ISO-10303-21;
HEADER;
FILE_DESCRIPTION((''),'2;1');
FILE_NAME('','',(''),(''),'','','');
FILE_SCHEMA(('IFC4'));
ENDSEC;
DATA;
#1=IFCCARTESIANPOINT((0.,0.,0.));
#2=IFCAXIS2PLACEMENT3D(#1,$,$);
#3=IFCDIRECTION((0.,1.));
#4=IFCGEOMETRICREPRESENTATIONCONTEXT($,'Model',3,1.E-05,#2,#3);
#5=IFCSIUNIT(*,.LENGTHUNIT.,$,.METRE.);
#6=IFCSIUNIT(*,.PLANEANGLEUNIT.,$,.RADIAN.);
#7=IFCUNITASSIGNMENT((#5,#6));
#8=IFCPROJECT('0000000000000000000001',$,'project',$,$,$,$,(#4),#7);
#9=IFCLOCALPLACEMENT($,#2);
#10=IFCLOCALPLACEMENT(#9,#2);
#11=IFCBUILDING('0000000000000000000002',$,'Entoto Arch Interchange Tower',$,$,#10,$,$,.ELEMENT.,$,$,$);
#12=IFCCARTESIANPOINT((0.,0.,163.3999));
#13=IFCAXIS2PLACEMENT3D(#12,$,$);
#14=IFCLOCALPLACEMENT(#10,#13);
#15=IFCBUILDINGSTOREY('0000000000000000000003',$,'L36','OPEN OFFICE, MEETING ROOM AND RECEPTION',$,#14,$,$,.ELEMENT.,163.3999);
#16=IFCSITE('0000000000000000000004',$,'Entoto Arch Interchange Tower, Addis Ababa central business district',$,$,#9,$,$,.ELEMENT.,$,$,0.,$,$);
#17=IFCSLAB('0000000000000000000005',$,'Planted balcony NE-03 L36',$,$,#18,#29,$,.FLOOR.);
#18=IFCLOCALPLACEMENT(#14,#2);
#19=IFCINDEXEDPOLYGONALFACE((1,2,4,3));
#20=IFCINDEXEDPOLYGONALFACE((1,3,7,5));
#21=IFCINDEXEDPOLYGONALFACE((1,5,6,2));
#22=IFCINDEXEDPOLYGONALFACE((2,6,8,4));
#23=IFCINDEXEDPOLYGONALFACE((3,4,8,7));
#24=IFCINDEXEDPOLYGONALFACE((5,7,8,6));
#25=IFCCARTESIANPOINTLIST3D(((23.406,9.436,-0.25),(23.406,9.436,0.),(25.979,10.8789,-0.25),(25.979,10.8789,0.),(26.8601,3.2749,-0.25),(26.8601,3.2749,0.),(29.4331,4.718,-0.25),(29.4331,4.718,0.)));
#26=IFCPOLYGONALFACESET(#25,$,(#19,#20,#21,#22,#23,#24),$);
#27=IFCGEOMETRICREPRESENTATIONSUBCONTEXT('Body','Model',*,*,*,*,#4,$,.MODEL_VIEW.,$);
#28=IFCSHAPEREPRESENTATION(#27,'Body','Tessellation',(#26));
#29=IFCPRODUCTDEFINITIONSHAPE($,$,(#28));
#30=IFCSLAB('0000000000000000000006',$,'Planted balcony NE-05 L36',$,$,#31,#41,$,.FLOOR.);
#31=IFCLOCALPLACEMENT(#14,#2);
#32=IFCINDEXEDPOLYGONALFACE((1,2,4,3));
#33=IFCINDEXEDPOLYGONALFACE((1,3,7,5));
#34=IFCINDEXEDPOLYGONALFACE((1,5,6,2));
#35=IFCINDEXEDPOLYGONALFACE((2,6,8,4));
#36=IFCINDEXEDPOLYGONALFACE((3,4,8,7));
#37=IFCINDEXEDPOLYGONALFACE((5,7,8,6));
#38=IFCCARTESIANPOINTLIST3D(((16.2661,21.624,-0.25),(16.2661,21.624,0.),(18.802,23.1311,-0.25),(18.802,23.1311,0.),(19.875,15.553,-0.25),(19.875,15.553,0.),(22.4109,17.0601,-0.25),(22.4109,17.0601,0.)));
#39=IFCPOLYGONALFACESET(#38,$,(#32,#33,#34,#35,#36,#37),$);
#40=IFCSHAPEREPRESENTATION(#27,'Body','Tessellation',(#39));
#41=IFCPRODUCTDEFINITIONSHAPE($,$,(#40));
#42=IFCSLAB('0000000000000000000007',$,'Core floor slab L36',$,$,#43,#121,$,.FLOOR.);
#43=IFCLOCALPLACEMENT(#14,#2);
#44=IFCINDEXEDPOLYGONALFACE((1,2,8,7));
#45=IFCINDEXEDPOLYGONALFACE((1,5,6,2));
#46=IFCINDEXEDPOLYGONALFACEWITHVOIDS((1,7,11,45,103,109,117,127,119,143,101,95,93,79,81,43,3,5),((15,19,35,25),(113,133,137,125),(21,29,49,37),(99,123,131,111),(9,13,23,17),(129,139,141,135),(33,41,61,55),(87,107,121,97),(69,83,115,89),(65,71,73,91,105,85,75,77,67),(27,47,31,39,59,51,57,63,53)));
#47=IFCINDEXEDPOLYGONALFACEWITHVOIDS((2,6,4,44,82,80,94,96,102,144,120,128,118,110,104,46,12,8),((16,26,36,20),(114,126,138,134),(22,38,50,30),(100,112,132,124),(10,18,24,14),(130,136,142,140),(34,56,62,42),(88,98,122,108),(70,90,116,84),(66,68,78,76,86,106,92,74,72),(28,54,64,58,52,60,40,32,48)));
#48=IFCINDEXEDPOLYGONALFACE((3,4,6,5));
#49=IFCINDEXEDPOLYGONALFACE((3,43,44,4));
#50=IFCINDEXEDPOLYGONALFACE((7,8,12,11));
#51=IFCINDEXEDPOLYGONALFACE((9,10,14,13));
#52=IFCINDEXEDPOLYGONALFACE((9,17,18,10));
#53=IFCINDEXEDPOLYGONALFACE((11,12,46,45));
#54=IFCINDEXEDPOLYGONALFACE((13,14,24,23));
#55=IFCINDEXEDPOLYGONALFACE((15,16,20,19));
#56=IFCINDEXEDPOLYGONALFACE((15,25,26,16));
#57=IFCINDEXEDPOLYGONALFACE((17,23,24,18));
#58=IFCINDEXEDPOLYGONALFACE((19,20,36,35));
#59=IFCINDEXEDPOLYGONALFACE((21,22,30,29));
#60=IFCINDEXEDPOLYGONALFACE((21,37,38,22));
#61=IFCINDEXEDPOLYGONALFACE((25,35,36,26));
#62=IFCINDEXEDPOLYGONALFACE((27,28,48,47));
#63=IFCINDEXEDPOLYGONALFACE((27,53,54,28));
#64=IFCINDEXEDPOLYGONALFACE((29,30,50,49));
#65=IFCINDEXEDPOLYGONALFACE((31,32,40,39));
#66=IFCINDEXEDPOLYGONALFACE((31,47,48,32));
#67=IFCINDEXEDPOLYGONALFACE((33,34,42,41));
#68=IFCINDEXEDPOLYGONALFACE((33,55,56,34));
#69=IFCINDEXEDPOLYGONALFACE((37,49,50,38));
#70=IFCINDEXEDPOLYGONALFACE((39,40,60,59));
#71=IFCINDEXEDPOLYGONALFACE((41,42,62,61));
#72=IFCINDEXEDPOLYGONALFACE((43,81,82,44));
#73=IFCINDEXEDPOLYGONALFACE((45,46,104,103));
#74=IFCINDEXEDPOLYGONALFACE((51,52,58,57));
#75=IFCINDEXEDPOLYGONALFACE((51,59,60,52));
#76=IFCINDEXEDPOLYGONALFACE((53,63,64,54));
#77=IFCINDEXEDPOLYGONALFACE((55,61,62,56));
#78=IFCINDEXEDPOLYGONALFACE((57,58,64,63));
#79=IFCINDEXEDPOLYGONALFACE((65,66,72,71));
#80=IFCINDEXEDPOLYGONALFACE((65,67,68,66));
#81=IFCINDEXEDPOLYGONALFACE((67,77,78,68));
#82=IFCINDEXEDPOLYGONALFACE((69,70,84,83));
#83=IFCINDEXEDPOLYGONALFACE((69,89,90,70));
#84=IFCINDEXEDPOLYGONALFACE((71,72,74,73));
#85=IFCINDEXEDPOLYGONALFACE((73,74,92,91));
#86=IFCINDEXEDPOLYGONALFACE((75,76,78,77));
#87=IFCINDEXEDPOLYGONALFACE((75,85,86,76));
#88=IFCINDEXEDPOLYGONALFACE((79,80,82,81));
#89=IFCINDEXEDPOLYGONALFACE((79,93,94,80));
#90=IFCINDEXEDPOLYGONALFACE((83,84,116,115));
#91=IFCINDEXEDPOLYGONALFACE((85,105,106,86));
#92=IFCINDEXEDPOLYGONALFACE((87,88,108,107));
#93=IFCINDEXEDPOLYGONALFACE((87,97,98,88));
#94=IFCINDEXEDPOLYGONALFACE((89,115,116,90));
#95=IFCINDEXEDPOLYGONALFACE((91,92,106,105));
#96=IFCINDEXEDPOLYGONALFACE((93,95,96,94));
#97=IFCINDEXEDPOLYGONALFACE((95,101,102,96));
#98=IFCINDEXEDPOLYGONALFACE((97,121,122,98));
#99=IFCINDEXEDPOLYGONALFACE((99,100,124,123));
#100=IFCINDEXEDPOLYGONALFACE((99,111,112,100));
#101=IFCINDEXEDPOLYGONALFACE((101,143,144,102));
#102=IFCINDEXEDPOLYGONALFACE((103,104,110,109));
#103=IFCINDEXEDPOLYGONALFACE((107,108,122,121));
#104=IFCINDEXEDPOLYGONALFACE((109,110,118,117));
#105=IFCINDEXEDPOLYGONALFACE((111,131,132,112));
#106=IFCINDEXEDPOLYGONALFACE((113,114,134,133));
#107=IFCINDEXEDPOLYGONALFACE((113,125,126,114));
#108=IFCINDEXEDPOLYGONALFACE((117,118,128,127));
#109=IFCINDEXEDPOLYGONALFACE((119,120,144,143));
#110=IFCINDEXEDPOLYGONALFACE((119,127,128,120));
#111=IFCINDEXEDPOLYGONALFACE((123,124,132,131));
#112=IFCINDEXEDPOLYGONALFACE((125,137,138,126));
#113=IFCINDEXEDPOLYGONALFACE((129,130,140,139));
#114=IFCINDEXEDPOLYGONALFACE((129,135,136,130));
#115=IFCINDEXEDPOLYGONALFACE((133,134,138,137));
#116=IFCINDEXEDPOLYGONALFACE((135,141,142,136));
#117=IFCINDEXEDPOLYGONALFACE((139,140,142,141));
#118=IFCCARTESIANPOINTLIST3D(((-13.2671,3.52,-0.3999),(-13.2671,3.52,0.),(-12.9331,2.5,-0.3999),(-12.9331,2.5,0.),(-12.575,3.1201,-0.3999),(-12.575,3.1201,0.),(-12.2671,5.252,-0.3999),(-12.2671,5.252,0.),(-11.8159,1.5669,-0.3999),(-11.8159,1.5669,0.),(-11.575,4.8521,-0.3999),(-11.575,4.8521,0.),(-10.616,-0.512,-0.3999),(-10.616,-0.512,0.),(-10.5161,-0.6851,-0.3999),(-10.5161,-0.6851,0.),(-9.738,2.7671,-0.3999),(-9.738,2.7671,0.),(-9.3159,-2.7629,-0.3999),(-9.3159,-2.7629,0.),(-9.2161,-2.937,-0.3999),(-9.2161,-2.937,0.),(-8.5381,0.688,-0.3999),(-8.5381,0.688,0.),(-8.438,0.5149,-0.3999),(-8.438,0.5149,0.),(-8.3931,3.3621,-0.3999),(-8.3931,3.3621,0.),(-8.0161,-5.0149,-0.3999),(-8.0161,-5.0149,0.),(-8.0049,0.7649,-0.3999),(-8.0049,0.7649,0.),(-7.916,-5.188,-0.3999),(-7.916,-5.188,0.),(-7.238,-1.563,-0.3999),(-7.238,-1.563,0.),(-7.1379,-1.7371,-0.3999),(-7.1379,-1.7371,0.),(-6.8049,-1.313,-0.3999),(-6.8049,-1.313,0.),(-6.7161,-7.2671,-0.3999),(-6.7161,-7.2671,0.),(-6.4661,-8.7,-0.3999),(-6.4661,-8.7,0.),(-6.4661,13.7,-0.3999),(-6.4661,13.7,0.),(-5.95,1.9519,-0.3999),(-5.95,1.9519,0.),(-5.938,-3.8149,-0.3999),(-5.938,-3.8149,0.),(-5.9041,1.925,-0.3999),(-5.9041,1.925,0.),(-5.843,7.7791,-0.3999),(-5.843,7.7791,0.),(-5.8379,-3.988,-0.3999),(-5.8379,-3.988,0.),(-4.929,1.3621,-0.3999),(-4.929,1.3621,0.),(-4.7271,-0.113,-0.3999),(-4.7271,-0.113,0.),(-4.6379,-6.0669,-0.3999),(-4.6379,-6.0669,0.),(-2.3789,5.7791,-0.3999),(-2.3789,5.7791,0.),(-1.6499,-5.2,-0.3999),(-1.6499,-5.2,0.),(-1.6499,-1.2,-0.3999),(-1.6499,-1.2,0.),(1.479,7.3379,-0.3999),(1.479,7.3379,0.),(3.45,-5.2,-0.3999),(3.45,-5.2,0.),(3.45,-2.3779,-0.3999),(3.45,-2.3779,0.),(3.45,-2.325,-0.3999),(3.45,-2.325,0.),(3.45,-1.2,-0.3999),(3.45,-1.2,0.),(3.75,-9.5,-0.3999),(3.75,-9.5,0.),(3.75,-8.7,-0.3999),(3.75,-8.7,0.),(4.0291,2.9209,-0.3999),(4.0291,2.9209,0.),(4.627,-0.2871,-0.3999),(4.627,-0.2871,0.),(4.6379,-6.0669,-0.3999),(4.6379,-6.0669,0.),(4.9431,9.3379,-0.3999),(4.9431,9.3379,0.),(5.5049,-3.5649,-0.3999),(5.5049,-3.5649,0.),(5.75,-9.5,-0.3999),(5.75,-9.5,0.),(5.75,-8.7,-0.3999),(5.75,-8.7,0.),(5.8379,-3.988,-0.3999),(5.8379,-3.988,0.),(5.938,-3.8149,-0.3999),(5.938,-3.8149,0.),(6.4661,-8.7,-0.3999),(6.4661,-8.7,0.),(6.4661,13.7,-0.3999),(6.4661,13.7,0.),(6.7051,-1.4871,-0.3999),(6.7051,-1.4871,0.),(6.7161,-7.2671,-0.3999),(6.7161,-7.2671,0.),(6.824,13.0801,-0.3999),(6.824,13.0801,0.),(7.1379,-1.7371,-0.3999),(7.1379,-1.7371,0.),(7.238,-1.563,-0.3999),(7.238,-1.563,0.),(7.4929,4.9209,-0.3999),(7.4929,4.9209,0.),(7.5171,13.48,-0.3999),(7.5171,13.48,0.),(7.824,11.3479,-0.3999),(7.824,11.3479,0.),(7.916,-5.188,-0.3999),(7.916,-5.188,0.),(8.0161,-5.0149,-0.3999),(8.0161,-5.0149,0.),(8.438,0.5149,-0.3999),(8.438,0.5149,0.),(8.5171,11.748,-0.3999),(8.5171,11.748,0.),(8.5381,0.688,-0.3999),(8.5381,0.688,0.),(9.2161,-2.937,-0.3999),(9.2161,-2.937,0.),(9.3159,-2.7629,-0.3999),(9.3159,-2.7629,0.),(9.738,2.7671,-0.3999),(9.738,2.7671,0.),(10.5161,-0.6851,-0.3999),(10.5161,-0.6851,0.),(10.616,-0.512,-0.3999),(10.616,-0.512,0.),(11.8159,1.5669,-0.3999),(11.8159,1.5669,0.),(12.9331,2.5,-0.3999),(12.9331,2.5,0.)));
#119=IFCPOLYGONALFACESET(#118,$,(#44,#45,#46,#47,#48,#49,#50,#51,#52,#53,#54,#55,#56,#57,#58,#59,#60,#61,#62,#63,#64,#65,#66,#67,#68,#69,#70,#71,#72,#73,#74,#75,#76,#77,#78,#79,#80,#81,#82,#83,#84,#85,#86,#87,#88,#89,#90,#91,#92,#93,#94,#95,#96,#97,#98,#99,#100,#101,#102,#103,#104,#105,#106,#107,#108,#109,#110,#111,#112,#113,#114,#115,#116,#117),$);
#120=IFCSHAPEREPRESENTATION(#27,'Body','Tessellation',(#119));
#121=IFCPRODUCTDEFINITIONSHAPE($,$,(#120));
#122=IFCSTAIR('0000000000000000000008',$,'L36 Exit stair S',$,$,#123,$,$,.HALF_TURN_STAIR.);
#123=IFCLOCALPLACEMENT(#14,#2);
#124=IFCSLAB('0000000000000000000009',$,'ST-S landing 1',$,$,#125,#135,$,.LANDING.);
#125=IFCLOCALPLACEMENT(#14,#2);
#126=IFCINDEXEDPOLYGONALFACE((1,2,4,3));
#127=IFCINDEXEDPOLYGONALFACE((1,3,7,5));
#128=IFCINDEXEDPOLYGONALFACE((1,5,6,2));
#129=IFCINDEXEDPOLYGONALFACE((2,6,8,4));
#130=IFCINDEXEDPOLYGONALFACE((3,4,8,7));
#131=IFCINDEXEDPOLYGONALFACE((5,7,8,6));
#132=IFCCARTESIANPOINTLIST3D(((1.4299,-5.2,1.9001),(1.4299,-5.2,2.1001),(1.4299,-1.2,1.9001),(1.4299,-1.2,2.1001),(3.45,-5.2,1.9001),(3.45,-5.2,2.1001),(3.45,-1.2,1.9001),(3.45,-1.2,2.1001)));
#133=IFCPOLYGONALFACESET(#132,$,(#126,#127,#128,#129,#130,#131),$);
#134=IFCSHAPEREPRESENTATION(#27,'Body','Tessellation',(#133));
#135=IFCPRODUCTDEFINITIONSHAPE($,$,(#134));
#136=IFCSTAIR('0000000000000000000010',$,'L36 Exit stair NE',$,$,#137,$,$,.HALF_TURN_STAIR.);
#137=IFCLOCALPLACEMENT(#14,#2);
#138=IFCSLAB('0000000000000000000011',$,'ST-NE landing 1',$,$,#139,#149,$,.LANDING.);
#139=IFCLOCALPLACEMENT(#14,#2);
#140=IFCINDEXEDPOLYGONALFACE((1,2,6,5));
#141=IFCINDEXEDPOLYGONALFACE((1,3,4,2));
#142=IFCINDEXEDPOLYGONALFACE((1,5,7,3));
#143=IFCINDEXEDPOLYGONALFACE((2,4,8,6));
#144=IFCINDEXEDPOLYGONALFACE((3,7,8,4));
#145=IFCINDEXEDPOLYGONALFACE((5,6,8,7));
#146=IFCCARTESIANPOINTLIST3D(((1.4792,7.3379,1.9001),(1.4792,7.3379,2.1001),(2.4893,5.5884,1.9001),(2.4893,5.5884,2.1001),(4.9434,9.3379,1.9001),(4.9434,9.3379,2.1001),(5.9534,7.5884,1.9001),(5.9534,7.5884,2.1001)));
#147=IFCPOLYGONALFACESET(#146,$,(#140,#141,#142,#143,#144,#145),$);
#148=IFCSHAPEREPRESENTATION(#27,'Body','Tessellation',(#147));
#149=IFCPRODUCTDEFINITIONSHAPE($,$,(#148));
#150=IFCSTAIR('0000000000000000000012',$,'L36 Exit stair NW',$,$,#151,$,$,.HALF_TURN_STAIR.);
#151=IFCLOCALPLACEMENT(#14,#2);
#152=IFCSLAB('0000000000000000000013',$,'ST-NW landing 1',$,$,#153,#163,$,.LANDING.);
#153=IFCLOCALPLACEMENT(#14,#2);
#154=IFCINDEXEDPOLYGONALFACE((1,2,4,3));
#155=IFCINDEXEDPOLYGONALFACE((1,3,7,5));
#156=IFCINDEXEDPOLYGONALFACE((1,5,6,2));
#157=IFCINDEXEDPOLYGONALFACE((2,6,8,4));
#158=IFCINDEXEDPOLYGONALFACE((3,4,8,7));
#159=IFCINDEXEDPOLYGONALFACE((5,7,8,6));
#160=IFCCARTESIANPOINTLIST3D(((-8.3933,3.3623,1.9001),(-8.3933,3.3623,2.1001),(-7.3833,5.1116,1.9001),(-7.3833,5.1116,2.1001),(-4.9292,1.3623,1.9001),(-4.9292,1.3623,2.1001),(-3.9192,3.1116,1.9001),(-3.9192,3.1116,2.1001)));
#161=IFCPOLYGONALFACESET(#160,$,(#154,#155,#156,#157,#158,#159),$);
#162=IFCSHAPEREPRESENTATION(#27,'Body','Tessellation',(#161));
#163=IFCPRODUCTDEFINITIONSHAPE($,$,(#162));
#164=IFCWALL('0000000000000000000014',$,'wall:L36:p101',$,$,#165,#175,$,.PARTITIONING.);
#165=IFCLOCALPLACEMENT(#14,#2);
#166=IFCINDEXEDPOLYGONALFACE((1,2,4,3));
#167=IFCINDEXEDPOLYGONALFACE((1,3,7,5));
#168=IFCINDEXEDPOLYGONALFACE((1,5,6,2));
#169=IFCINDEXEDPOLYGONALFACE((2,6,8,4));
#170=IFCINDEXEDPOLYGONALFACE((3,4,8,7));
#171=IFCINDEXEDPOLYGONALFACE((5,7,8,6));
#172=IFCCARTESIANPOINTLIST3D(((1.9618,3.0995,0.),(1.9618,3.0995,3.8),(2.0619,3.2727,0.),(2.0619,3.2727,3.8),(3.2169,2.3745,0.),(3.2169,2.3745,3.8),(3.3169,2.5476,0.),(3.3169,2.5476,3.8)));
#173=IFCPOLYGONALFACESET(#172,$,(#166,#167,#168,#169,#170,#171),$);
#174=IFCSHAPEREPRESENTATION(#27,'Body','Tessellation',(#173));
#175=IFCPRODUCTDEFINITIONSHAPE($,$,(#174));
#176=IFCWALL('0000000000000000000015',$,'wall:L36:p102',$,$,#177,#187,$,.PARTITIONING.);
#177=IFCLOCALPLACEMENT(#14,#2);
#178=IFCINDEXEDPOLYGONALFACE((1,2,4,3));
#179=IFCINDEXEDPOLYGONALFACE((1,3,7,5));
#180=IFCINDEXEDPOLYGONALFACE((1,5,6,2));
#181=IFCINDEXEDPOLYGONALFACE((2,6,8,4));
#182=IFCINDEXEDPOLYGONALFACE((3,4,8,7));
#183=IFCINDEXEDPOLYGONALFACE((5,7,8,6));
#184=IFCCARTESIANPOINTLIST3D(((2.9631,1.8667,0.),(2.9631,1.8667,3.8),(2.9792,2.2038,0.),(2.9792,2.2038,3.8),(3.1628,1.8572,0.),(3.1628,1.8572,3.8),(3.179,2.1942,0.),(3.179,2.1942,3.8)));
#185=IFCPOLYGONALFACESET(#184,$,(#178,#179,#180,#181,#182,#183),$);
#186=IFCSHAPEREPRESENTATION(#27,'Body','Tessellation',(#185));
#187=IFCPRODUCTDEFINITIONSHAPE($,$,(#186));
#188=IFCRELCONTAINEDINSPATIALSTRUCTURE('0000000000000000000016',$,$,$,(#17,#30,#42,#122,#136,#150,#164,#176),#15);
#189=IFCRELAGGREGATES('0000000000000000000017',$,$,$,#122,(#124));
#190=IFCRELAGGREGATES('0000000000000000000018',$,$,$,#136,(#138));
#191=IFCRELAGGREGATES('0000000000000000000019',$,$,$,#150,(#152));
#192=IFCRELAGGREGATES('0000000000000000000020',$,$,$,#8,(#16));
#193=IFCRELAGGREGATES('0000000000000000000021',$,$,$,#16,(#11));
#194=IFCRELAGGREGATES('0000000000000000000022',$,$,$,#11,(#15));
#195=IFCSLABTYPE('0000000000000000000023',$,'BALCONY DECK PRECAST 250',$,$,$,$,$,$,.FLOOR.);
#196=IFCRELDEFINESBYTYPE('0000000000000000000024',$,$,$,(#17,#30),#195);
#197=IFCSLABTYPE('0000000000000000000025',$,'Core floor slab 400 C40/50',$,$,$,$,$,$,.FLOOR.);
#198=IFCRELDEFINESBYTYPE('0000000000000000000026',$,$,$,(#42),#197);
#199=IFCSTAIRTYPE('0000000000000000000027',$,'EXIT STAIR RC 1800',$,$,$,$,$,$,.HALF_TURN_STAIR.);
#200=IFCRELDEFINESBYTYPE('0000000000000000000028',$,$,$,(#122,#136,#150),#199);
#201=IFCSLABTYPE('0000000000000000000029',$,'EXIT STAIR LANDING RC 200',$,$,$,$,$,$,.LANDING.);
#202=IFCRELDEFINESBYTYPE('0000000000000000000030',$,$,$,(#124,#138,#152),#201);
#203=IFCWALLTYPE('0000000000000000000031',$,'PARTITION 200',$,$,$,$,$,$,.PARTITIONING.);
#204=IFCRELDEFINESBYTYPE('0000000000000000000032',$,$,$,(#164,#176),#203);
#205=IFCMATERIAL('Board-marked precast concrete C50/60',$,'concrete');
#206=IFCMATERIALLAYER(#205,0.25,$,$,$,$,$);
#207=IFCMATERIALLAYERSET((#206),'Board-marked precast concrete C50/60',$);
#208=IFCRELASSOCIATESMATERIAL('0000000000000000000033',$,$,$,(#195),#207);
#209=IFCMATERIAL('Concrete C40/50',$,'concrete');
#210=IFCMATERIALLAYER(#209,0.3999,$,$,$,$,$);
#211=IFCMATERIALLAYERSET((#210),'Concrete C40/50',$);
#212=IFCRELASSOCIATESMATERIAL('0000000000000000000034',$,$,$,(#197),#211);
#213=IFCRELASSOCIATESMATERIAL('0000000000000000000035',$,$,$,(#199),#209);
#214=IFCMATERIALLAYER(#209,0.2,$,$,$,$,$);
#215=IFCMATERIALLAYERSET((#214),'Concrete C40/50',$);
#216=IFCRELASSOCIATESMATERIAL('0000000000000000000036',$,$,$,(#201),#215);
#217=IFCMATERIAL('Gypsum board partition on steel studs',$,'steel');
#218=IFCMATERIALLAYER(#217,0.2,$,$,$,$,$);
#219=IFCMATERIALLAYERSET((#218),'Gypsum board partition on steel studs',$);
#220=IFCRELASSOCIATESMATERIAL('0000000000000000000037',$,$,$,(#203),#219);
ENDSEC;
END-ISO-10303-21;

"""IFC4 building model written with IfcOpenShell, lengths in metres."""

from ifc_helpers import new_model, si_unit, direction, frame, frame_2d, origin, place, context, subcontext, project, spatial, polyline, rectangle, outline, extrude, material, layer, layer_set, type_object, element, aggregate, save


model = new_model("IFC4")

# Units and contexts
model_context = context("Model", 3, precision=1e-05, world=origin(), true_north=direction((0.0, 1.0)))
body_context = subcontext(model_context, "Body", "Model", "MODEL_VIEW")
ifc_project = project(units=[si_unit("LENGTHUNIT", "METRE"), si_unit("PLANEANGLEUNIT", "RADIAN")], contexts=[model_context])

# Site, building, storey
site_placement = place(None, origin())
site = spatial("IfcSite", under=ifc_project, at=site_placement, Name="Entoto Arch Interchange Tower, Addis Ababa central business district", CompositionType="ELEMENT", RefElevation=0.0)
building_placement = place(site_placement, origin())
building = spatial("IfcBuilding", under=site, at=building_placement, Name="Entoto Arch Interchange Tower", CompositionType="ELEMENT")
storey_placement = place(building_placement, frame((0.0, 0.0, 163.3999)))
storey = spatial("IfcBuildingStorey", under=building, at=storey_placement, Name="L36", Description="OPEN OFFICE, MEETING ROOM AND RECEPTION", CompositionType="ELEMENT", Elevation=163.3999)

# Slabs
ifc_material_1 = material(Name="Board-marked precast concrete C50/60", Category="concrete")
ifc_layer_1 = layer(ifc_material_1, 0.25)
ifc_layer_set_1 = layer_set([ifc_layer_1], Name="Board-marked precast concrete C50/60")
slab_type_1 = type_object("IfcSlabType", Name="BALCONY DECK PRECAST 250", PredefinedType="FLOOR", material=ifc_layer_set_1)
slab_1_placement = place(storey_placement, frame((0.0, 0.0, -0.25)))
element("IfcSlab", 1, at=slab_1_placement, inside=storey, type_object=slab_type_1, Name="Planted balcony NE-03 L36", PredefinedType="FLOOR", context=body_context, shape_type="SweptSolid", body=[
    extrude(outline(polyline([(26.8601, 3.2749), (23.406, 9.436), (25.979, 10.8789), (29.4331, 4.718), (26.8601, 3.2749)])), origin(), (0.0, 0.0, 1.0), 0.25),
])
slab_2_placement = place(storey_placement, frame((0.0, 0.0, -0.25)))
element("IfcSlab", 2, at=slab_2_placement, inside=storey, type_object=slab_type_1, Name="Planted balcony NE-05 L36", PredefinedType="FLOOR", context=body_context, shape_type="SweptSolid", body=[
    extrude(outline(polyline([(19.875, 15.553), (16.2661, 21.624), (18.802, 23.1311), (22.4109, 17.0601), (19.875, 15.553)])), origin(), (0.0, 0.0, 1.0), 0.25),
])
ifc_material_2 = material(Name="Concrete C40/50", Category="concrete")
ifc_layer_2 = layer(ifc_material_2, 0.3999)
ifc_layer_set_2 = layer_set([ifc_layer_2], Name="Concrete C40/50")
slab_type_2 = type_object("IfcSlabType", Name="Core floor slab 400 C40/50", PredefinedType="FLOOR", material=ifc_layer_set_2)
slab_3_placement = place(storey_placement, frame((0.0, 0.0, -0.3999)))
element("IfcSlab", 3, at=slab_3_placement, inside=storey, type_object=slab_type_2, Name="Core floor slab L36", PredefinedType="FLOOR", context=body_context, shape_type="SweptSolid", body=[
    extrude(outline(polyline([(5.75, -9.5), (3.75, -9.5), (3.75, -8.7), (-6.4661, -8.7), (-12.9331, 2.5), (-12.575, 3.1201), (-13.2671, 3.52), (-12.2671, 5.252), (-11.575, 4.8521), (-6.4661, 13.7), (6.4661, 13.7), (6.824, 13.0801), (7.5171, 13.48), (8.5171, 11.748), (7.824, 11.3479), (12.9331, 2.5), (6.4661, -8.7), (5.75, -8.7), (5.75, -9.5)]), holes=[polyline([(-5.8379, -3.988), (-7.916, -5.188), (-6.7161, -7.2671), (-4.6379, -6.0669), (-5.8379, -3.988)]), polyline([(-5.938, -3.8149), (-7.1379, -1.7371), (-9.2161, -2.937), (-8.0161, -5.0149), (-5.938, -3.8149)]), polyline([(5.5049, -3.5649), (6.7051, -1.4871), (4.627, -0.2871), (3.45, -2.325), (3.45, -1.2), (-1.6499, -1.2), (-1.6499, -5.2), (3.45, -5.2), (3.45, -2.3779), (5.5049, -3.5649)]), polyline([(-8.438, 0.5149), (-10.5161, -0.6851), (-9.3159, -2.7629), (-7.238, -1.563), (-8.438, 0.5149)]), polyline([(-4.7271, -0.113), (-5.9041, 1.925), (-4.929, 1.3621), (-2.3789, 5.7791), (-5.843, 7.7791), (-8.3931, 3.3621), (-5.95, 1.9519), (-8.0049, 0.7649), (-6.8049, -1.313), (-4.7271, -0.113)]), polyline([(-8.5381, 0.688), (-9.738, 2.7671), (-11.8159, 1.5669), (-10.616, -0.512), (-8.5381, 0.688)]), polyline([(5.8379, -3.988), (4.6379, -6.0669), (6.7161, -7.2671), (7.916, -5.188), (5.8379, -3.988)]), polyline([(7.1379, -1.7371), (5.938, -3.8149), (8.0161, -5.0149), (9.2161, -2.937), (7.1379, -1.7371)]), polyline([(8.438, 0.5149), (7.238, -1.563), (9.3159, -2.7629), (10.5161, -0.6851), (8.438, 0.5149)]), polyline([(9.738, 2.7671), (8.5381, 0.688), (10.616, -0.512), (11.8159, 1.5669), (9.738, 2.7671)]), polyline([(4.0291, 2.9209), (7.4929, 4.9209), (4.9431, 9.3379), (1.479, 7.3379), (4.0291, 2.9209)])]), origin(), (0.0, 0.0, 1.0), 0.3999),
])

# Stairs, slabs
stair_type = type_object("IfcStairType", Name="EXIT STAIR RC 1800", PredefinedType="HALF_TURN_STAIR", material=ifc_material_2)
stair_1_placement = place(storey_placement, origin())
stair_1 = element("IfcStair", 4, at=stair_1_placement, inside=storey, type_object=stair_type, Name="L36 Exit stair S", PredefinedType="HALF_TURN_STAIR")
ifc_layer_3 = layer(ifc_material_2, 0.2)
ifc_layer_set_3 = layer_set([ifc_layer_3], Name="Concrete C40/50")
slab_type_3 = type_object("IfcSlabType", Name="EXIT STAIR LANDING RC 200", PredefinedType="LANDING", material=ifc_layer_set_3)
slab_4_placement = place(storey_placement, frame((0.0, 0.0, 1.9001)))
slab_4 = element("IfcSlab", 5, at=slab_4_placement, type_object=slab_type_3, Name="ST-S landing 1", PredefinedType="LANDING", context=body_context, shape_type="SweptSolid", body=[
    extrude(outline(polyline([(1.4299, -5.2), (3.45, -5.2), (3.45, -1.2), (1.4299, -1.2), (1.4299, -5.2)])), origin(), (0.0, 0.0, 1.0), 0.2),
])
aggregate(stair_1, [slab_4])
stair_2_placement = place(storey_placement, origin())
stair_2 = element("IfcStair", 6, at=stair_2_placement, inside=storey, type_object=stair_type, Name="L36 Exit stair NE", PredefinedType="HALF_TURN_STAIR")
slab_5_placement = place(storey_placement, frame((0.0, 0.0, 1.9001)))
slab_5 = element("IfcSlab", 7, at=slab_5_placement, type_object=slab_type_3, Name="ST-NE landing 1", PredefinedType="LANDING", context=body_context, shape_type="SweptSolid", body=[
    extrude(outline(polyline([(5.9534, 7.5884), (4.9434, 9.3379), (1.4792, 7.3379), (2.4893, 5.5884), (5.9534, 7.5884)])), origin(), (0.0, 0.0, 1.0), 0.2),
])
aggregate(stair_2, [slab_5])
stair_3_placement = place(storey_placement, origin())
stair_3 = element("IfcStair", 8, at=stair_3_placement, inside=storey, type_object=stair_type, Name="L36 Exit stair NW", PredefinedType="HALF_TURN_STAIR")
slab_6_placement = place(storey_placement, frame((0.0, 0.0, 1.9001)))
slab_6 = element("IfcSlab", 9, at=slab_6_placement, type_object=slab_type_3, Name="ST-NW landing 1", PredefinedType="LANDING", context=body_context, shape_type="SweptSolid", body=[
    extrude(outline(polyline([(-7.3833, 5.1116), (-8.3933, 3.3623), (-4.9292, 1.3623), (-3.9192, 3.1116), (-7.3833, 5.1116)])), origin(), (0.0, 0.0, 1.0), 0.2),
])
aggregate(stair_3, [slab_6])

# Walls
ifc_material_3 = material(Name="Gypsum board partition on steel studs", Category="steel")
ifc_layer_4 = layer(ifc_material_3, 0.2)
ifc_layer_set_4 = layer_set([ifc_layer_4], Name="Gypsum board partition on steel studs")
wall_type = type_object("IfcWallType", Name="PARTITION 200", PredefinedType="PARTITIONING", material=ifc_layer_set_4)
wall_1_placement = place(storey_placement, frame((2.012, 3.186, 0.0), z_axis=(0.0, 0.0, 1.0), x_axis=(0.865891, -0.500233, 0.0)))
element("IfcWall", 10, at=wall_1_placement, inside=storey, type_object=wall_type, Name="wall:L36:p101", PredefinedType="PARTITIONING", context=body_context, shape_type="SweptSolid", body=[
    extrude(rectangle(XDim=1.4495, YDim=0.2, at=frame_2d((0.7246, 0.0))), origin(), (0.0, 0.0, 1.0), 3.8),
])
wall_2_placement = place(storey_placement, frame((3.0791, 2.199, 0.0), z_axis=(0.0, 0.0, 1.0), x_axis=(-0.047771, -0.998858, 0.0)))
element("IfcWall", 11, at=wall_2_placement, inside=storey, type_object=wall_type, Name="wall:L36:p102", PredefinedType="PARTITIONING", context=body_context, shape_type="SweptSolid", body=[
    extrude(rectangle(XDim=0.3374, YDim=0.2, at=frame_2d((0.1687, 0.0))), origin(), (0.0, 0.0, 1.0), 3.8),
])

save(model, "model.ifc")
